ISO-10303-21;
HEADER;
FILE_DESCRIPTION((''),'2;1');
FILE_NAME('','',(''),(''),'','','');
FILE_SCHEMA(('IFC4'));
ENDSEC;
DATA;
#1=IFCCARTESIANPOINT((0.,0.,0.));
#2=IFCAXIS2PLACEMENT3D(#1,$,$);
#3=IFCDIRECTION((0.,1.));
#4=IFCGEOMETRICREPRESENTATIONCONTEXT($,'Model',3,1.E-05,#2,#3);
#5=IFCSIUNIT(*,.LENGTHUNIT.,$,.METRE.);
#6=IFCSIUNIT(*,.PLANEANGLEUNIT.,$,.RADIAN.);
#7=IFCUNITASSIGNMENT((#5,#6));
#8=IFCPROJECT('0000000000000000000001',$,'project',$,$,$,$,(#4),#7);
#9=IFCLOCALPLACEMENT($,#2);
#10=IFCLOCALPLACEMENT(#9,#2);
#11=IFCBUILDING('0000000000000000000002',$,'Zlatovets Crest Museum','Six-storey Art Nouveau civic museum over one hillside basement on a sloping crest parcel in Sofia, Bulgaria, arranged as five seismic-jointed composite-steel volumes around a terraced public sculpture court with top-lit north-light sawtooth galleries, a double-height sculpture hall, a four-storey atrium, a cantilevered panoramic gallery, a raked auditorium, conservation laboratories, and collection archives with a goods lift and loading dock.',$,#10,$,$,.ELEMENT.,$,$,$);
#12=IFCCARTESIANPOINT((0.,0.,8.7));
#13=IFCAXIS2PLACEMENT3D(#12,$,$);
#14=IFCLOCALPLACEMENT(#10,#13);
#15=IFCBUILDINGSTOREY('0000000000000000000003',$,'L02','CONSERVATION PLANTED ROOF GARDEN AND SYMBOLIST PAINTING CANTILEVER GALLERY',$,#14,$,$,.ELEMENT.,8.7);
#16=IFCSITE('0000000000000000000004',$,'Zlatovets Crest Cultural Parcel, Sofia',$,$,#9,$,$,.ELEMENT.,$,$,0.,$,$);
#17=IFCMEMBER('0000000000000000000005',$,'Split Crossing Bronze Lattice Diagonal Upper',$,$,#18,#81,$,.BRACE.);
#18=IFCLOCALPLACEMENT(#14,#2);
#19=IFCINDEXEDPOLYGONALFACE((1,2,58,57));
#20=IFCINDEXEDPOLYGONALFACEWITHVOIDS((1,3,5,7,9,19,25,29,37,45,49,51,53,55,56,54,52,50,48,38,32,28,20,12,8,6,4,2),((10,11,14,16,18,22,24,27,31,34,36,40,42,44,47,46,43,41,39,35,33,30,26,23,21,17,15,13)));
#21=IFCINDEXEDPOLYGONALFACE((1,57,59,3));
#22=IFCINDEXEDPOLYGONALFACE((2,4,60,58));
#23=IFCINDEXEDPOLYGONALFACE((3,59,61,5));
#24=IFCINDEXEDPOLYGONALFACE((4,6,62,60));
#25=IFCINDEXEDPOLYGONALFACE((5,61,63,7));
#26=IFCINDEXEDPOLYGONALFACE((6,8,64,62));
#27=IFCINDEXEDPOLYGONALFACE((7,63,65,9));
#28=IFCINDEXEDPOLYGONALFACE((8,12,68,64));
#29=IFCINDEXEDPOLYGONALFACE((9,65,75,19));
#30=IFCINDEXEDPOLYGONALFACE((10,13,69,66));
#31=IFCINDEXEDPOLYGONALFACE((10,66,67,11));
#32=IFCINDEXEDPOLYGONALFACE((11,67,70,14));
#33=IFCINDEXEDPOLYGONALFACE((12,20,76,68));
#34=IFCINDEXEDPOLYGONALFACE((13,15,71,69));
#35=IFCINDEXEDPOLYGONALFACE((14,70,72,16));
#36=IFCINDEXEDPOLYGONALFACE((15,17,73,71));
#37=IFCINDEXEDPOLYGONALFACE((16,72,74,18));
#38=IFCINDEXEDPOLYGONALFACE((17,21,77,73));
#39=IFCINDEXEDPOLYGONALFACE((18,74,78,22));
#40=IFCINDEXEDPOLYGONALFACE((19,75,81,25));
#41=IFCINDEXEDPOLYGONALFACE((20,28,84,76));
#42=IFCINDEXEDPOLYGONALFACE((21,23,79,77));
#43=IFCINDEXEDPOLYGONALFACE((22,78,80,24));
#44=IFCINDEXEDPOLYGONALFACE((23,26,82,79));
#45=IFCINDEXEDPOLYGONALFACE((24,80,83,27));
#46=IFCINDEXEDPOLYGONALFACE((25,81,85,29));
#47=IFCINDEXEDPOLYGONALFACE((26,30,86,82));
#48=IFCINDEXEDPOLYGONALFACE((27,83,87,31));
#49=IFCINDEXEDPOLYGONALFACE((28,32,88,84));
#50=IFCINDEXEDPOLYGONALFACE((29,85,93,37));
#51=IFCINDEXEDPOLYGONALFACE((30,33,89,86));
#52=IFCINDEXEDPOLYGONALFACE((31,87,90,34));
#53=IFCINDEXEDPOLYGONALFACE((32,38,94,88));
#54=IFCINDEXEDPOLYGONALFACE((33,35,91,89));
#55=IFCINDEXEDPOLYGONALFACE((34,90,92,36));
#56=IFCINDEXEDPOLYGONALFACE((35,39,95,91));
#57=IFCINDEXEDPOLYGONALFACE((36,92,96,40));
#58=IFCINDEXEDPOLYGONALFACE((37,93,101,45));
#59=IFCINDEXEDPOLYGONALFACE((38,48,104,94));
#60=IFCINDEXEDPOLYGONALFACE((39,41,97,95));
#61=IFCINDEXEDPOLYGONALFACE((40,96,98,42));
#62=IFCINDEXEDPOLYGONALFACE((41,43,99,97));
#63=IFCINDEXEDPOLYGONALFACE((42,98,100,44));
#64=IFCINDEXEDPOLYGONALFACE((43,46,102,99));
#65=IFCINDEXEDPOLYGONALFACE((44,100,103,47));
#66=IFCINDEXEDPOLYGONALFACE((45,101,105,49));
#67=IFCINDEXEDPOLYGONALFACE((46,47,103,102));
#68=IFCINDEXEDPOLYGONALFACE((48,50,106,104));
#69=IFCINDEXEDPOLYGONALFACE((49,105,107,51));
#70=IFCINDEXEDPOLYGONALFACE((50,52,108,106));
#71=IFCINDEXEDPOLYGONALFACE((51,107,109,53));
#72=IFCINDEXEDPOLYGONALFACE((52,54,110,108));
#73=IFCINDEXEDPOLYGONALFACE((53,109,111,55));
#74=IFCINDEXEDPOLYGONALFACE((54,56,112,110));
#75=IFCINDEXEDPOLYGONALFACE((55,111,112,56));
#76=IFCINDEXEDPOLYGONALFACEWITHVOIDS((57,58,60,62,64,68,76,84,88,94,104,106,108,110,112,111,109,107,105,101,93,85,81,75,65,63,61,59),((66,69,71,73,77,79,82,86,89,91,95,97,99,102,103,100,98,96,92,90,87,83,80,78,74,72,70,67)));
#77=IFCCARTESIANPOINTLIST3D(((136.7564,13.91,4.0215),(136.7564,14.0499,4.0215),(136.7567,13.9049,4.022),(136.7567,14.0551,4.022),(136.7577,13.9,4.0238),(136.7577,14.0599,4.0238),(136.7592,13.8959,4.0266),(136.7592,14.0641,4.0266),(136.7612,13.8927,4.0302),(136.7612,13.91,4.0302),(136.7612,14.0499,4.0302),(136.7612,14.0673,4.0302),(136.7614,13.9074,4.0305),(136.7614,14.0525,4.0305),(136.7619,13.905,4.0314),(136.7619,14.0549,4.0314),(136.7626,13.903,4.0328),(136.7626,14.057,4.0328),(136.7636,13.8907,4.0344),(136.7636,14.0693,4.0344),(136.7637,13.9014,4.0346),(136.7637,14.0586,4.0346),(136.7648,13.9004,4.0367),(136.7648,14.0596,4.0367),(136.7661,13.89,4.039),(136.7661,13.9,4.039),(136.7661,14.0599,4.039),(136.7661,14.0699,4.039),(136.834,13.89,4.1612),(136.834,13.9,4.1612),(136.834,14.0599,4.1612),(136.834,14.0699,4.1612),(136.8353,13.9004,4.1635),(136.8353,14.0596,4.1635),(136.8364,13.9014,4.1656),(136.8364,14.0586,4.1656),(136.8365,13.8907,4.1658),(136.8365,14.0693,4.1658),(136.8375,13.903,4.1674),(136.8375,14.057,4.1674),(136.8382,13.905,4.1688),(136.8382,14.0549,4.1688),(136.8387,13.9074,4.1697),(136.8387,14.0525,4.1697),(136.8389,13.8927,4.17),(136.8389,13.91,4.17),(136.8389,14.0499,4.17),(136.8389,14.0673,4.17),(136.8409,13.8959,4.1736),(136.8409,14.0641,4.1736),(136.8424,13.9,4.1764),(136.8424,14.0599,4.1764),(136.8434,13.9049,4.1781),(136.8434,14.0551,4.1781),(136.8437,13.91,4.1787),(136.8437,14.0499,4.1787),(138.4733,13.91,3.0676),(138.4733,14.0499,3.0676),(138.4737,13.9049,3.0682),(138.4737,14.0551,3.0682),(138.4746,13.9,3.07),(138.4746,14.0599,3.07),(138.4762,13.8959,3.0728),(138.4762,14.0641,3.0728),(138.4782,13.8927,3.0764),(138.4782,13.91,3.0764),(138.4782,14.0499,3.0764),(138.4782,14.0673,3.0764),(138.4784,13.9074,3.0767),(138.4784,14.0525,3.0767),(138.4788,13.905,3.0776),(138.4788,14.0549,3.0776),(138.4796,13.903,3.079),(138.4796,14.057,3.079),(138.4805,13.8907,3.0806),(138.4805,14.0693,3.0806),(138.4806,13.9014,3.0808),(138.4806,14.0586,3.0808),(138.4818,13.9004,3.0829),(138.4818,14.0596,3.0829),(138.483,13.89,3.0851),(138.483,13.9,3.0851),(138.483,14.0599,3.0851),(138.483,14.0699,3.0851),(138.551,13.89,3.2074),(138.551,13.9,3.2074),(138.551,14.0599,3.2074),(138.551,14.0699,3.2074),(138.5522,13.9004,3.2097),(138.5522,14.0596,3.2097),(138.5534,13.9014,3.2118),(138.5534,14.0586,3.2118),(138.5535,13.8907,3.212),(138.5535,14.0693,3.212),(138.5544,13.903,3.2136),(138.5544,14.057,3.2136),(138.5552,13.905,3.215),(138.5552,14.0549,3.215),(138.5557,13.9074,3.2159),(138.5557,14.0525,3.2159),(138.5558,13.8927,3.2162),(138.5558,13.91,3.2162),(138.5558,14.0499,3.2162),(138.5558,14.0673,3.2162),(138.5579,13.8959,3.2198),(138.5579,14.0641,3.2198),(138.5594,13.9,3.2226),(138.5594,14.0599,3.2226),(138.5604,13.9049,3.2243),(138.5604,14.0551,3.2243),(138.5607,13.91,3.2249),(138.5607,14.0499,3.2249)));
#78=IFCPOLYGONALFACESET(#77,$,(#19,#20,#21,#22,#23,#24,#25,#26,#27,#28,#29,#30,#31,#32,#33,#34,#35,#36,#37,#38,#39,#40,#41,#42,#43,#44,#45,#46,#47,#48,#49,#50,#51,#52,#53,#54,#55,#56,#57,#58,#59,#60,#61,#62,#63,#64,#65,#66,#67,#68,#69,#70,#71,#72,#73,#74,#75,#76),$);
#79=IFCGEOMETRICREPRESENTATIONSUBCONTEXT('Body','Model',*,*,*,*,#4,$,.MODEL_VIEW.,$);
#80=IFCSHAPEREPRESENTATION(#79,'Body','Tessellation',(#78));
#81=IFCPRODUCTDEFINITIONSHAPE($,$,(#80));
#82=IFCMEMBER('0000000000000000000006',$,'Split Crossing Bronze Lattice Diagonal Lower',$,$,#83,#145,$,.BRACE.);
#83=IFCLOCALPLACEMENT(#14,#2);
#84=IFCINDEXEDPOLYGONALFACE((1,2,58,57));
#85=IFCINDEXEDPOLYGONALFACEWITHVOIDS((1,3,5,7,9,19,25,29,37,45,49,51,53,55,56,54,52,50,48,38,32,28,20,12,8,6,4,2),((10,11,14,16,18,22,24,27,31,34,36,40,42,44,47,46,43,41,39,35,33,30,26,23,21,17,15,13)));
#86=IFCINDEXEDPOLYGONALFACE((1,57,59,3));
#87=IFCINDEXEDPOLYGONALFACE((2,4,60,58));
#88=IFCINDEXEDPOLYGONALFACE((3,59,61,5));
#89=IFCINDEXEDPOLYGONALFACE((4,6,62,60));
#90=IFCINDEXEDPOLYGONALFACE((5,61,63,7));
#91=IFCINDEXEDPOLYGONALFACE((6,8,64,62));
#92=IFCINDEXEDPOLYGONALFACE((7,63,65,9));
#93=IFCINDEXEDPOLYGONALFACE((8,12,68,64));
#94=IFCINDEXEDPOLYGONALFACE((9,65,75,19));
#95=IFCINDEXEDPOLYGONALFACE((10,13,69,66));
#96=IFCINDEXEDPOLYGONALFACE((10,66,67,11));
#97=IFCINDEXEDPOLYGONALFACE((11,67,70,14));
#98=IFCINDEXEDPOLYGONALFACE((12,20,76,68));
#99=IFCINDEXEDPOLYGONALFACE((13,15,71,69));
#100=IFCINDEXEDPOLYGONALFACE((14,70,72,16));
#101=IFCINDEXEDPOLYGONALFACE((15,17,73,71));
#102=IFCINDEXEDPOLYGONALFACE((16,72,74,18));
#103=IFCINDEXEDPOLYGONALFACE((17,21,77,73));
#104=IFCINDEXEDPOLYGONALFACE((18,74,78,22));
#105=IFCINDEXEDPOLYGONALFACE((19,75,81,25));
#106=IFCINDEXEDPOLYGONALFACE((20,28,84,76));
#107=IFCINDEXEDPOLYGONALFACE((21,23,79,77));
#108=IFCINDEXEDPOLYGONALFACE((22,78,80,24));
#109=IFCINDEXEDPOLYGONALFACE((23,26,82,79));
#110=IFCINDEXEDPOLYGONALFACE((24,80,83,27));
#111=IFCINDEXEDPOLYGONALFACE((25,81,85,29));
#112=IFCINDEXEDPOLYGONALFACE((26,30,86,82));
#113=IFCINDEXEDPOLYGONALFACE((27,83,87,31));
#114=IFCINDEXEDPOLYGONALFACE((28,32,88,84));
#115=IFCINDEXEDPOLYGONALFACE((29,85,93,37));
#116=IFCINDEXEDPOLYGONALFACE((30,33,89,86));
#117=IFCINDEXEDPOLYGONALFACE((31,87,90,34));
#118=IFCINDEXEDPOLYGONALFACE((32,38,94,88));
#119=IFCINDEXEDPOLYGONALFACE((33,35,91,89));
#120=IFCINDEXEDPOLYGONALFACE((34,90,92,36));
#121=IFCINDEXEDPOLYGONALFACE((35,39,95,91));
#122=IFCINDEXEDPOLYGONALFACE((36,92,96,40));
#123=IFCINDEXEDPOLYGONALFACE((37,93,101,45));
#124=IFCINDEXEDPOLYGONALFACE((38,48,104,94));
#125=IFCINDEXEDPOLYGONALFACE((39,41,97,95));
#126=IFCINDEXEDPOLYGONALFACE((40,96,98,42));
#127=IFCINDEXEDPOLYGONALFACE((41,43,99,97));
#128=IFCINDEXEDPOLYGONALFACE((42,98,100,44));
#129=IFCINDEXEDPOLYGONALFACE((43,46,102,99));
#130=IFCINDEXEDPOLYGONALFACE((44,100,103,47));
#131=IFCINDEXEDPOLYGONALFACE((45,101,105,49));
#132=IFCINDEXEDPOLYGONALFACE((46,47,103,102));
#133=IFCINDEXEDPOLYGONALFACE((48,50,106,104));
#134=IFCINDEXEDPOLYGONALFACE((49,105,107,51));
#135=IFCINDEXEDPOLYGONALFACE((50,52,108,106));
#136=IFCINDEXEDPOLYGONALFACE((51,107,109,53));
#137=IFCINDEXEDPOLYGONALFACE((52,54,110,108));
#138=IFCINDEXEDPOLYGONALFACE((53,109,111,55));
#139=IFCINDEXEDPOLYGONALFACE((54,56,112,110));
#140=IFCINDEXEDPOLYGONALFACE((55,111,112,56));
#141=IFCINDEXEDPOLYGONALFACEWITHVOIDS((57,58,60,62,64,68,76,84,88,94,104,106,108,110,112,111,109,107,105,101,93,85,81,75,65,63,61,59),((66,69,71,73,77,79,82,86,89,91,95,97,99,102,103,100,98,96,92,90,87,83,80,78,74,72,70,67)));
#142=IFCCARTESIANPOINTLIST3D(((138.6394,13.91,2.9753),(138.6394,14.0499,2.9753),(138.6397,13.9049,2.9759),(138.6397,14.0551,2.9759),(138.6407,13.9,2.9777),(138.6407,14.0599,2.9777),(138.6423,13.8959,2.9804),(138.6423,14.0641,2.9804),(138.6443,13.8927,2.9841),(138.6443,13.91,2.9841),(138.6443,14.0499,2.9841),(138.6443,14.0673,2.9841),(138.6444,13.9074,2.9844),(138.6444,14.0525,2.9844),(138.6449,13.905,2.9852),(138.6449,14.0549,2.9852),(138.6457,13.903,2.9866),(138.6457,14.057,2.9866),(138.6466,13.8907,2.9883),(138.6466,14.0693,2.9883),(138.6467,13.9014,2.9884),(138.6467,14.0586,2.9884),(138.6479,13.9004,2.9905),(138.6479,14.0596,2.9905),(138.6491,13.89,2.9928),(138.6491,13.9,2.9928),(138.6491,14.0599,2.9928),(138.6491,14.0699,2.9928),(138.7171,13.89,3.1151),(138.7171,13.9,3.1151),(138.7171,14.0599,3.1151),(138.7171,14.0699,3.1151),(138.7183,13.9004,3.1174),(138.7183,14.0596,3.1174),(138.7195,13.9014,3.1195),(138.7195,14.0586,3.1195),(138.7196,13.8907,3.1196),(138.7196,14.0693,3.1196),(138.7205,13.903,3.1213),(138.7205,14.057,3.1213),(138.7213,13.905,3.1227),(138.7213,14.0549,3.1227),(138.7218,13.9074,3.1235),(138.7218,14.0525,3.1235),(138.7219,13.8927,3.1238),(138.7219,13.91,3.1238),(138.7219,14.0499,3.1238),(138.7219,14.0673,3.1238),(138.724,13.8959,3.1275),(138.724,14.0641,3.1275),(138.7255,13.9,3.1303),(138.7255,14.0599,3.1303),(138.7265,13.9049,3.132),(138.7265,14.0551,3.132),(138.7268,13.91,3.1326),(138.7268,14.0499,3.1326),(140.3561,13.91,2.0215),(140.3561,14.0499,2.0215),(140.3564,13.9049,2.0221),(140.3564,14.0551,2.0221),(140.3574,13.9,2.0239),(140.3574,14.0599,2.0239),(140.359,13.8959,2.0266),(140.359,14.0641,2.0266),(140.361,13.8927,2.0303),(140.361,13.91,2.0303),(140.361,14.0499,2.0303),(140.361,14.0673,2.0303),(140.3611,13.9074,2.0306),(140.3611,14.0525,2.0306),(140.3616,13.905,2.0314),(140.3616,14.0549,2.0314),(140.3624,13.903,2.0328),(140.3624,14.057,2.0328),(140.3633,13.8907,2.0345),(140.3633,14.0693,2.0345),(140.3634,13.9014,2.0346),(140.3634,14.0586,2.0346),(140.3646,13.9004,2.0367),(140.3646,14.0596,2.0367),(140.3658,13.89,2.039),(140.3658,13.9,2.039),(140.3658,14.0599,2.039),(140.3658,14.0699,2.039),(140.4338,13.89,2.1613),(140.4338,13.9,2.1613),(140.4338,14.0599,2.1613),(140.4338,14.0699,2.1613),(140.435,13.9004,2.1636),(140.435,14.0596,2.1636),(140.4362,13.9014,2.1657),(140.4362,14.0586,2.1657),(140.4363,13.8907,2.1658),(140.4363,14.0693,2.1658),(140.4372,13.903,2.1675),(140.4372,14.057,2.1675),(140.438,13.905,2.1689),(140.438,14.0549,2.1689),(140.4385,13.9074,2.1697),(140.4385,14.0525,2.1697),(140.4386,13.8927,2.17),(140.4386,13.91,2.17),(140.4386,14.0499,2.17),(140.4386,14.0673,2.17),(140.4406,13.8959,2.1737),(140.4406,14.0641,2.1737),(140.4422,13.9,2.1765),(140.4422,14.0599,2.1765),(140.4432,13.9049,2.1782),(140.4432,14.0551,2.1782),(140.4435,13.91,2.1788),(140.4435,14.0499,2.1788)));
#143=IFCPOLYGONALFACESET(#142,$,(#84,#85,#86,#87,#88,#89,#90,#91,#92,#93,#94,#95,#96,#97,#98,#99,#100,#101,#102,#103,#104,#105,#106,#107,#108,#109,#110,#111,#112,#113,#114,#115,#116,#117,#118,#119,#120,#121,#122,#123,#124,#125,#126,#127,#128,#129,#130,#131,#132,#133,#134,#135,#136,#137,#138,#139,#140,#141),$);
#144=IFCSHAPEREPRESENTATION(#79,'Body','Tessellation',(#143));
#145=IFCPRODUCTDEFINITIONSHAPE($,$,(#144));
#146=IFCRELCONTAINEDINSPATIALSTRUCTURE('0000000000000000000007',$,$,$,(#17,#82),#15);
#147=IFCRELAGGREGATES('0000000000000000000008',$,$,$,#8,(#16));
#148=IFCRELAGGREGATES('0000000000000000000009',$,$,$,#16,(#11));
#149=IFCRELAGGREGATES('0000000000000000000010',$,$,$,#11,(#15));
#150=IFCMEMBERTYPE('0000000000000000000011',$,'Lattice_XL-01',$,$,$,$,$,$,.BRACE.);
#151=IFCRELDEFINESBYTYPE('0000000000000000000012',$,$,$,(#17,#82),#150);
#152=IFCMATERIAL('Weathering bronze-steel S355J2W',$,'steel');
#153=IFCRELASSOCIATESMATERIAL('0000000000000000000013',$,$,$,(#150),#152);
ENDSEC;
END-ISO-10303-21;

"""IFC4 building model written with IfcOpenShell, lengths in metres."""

from ifc_helpers import new_model, si_unit, direction, frame, origin, origin_2d, place, context, subcontext, project, spatial, hollow_rectangle, extrude, material, material_profile, profile_set, type_object, element, save


model = new_model("IFC4")

# Units and contexts
model_context = context("Model", 3, precision=1e-05, world=origin(), true_north=direction((0.0, 1.0)))
body_context = subcontext(model_context, "Body", "Model", "MODEL_VIEW")
ifc_project = project(units=[si_unit("LENGTHUNIT", "METRE"), si_unit("PLANEANGLEUNIT", "RADIAN")], contexts=[model_context])

# Site, building, storey
site_placement = place(None, origin())
site = spatial("IfcSite", under=ifc_project, at=site_placement, Name="Zlatovets Crest Cultural Parcel, Sofia", CompositionType="ELEMENT", RefElevation=0.0)
building_placement = place(site_placement, origin())
building = spatial("IfcBuilding", under=site, at=building_placement, Name="Zlatovets Crest Museum", Description="Six-storey Art Nouveau civic museum over one hillside basement on a sloping crest parcel in Sofia, Bulgaria, arranged as five seismic-jointed composite-steel volumes around a terraced public sculpture court with top-lit north-light sawtooth galleries, a double-height sculpture hall, a four-storey atrium, a cantilevered panoramic gallery, a raked auditorium, conservation laboratories, and collection archives with a goods lift and loading dock.", CompositionType="ELEMENT")
storey_placement = place(building_placement, frame((0.0, 0.0, 8.7)))
storey = spatial("IfcBuildingStorey", under=building, at=storey_placement, Name="L02", Description="CONSERVATION PLANTED ROOF GARDEN AND SYMBOLIST PAINTING CANTILEVER GALLERY", CompositionType="ELEMENT", Elevation=8.7)

# Members
ifc_material_1 = material(Name="Weathering bronze-steel S355J2W", Category="steel")
ifc_material_profile_1 = material_profile(ifc_material_1, hollow_rectangle(XDim=0.1799, YDim=0.1799, WallThickness=0.01, InnerFilletRadius=0.01, OuterFilletRadius=0.02, at=origin_2d()), Name="SHS 180x180x10.0")
ifc_profile_set_1 = profile_set([ifc_material_profile_1], Name="Weathering bronze-steel S355J2W")
member_type_1 = type_object("IfcMemberType", Name="Lattice_XL-01", PredefinedType="BRACE", material=ifc_profile_set_1)
member_1_placement = place(storey_placement, frame((136.8, 13.98, 4.1001), z_axis=(0.874169, 0.0, -0.485622), x_axis=(0.0, 1.0, 0.0)))
element("IfcMember", 1, at=member_1_placement, inside=storey, type_object=member_type_1, Name="Split Crossing Bronze Lattice Diagonal Upper", PredefinedType="BRACE", context=body_context, shape_type="SweptSolid", body=[
    extrude(hollow_rectangle(XDim=0.1799, YDim=0.1799, WallThickness=0.01, InnerFilletRadius=0.01, OuterFilletRadius=0.02, at=origin_2d()), origin(), (0.0, 0.0, 1.0), 1.9641),
])
member_2_placement = place(storey_placement, frame((138.6831, 13.98, 3.054), z_axis=(0.87414, 0.0, -0.485675), x_axis=(0.0, 1.0, 0.0)))
element("IfcMember", 2, at=member_2_placement, inside=storey, type_object=member_type_1, Name="Split Crossing Bronze Lattice Diagonal Lower", PredefinedType="BRACE", context=body_context, shape_type="SweptSolid", body=[
    extrude(hollow_rectangle(XDim=0.1799, YDim=0.1799, WallThickness=0.01, InnerFilletRadius=0.01, OuterFilletRadius=0.02, at=origin_2d()), origin(), (0.0, 0.0, 1.0), 1.9639),
])

save(model, "model.ifc")
